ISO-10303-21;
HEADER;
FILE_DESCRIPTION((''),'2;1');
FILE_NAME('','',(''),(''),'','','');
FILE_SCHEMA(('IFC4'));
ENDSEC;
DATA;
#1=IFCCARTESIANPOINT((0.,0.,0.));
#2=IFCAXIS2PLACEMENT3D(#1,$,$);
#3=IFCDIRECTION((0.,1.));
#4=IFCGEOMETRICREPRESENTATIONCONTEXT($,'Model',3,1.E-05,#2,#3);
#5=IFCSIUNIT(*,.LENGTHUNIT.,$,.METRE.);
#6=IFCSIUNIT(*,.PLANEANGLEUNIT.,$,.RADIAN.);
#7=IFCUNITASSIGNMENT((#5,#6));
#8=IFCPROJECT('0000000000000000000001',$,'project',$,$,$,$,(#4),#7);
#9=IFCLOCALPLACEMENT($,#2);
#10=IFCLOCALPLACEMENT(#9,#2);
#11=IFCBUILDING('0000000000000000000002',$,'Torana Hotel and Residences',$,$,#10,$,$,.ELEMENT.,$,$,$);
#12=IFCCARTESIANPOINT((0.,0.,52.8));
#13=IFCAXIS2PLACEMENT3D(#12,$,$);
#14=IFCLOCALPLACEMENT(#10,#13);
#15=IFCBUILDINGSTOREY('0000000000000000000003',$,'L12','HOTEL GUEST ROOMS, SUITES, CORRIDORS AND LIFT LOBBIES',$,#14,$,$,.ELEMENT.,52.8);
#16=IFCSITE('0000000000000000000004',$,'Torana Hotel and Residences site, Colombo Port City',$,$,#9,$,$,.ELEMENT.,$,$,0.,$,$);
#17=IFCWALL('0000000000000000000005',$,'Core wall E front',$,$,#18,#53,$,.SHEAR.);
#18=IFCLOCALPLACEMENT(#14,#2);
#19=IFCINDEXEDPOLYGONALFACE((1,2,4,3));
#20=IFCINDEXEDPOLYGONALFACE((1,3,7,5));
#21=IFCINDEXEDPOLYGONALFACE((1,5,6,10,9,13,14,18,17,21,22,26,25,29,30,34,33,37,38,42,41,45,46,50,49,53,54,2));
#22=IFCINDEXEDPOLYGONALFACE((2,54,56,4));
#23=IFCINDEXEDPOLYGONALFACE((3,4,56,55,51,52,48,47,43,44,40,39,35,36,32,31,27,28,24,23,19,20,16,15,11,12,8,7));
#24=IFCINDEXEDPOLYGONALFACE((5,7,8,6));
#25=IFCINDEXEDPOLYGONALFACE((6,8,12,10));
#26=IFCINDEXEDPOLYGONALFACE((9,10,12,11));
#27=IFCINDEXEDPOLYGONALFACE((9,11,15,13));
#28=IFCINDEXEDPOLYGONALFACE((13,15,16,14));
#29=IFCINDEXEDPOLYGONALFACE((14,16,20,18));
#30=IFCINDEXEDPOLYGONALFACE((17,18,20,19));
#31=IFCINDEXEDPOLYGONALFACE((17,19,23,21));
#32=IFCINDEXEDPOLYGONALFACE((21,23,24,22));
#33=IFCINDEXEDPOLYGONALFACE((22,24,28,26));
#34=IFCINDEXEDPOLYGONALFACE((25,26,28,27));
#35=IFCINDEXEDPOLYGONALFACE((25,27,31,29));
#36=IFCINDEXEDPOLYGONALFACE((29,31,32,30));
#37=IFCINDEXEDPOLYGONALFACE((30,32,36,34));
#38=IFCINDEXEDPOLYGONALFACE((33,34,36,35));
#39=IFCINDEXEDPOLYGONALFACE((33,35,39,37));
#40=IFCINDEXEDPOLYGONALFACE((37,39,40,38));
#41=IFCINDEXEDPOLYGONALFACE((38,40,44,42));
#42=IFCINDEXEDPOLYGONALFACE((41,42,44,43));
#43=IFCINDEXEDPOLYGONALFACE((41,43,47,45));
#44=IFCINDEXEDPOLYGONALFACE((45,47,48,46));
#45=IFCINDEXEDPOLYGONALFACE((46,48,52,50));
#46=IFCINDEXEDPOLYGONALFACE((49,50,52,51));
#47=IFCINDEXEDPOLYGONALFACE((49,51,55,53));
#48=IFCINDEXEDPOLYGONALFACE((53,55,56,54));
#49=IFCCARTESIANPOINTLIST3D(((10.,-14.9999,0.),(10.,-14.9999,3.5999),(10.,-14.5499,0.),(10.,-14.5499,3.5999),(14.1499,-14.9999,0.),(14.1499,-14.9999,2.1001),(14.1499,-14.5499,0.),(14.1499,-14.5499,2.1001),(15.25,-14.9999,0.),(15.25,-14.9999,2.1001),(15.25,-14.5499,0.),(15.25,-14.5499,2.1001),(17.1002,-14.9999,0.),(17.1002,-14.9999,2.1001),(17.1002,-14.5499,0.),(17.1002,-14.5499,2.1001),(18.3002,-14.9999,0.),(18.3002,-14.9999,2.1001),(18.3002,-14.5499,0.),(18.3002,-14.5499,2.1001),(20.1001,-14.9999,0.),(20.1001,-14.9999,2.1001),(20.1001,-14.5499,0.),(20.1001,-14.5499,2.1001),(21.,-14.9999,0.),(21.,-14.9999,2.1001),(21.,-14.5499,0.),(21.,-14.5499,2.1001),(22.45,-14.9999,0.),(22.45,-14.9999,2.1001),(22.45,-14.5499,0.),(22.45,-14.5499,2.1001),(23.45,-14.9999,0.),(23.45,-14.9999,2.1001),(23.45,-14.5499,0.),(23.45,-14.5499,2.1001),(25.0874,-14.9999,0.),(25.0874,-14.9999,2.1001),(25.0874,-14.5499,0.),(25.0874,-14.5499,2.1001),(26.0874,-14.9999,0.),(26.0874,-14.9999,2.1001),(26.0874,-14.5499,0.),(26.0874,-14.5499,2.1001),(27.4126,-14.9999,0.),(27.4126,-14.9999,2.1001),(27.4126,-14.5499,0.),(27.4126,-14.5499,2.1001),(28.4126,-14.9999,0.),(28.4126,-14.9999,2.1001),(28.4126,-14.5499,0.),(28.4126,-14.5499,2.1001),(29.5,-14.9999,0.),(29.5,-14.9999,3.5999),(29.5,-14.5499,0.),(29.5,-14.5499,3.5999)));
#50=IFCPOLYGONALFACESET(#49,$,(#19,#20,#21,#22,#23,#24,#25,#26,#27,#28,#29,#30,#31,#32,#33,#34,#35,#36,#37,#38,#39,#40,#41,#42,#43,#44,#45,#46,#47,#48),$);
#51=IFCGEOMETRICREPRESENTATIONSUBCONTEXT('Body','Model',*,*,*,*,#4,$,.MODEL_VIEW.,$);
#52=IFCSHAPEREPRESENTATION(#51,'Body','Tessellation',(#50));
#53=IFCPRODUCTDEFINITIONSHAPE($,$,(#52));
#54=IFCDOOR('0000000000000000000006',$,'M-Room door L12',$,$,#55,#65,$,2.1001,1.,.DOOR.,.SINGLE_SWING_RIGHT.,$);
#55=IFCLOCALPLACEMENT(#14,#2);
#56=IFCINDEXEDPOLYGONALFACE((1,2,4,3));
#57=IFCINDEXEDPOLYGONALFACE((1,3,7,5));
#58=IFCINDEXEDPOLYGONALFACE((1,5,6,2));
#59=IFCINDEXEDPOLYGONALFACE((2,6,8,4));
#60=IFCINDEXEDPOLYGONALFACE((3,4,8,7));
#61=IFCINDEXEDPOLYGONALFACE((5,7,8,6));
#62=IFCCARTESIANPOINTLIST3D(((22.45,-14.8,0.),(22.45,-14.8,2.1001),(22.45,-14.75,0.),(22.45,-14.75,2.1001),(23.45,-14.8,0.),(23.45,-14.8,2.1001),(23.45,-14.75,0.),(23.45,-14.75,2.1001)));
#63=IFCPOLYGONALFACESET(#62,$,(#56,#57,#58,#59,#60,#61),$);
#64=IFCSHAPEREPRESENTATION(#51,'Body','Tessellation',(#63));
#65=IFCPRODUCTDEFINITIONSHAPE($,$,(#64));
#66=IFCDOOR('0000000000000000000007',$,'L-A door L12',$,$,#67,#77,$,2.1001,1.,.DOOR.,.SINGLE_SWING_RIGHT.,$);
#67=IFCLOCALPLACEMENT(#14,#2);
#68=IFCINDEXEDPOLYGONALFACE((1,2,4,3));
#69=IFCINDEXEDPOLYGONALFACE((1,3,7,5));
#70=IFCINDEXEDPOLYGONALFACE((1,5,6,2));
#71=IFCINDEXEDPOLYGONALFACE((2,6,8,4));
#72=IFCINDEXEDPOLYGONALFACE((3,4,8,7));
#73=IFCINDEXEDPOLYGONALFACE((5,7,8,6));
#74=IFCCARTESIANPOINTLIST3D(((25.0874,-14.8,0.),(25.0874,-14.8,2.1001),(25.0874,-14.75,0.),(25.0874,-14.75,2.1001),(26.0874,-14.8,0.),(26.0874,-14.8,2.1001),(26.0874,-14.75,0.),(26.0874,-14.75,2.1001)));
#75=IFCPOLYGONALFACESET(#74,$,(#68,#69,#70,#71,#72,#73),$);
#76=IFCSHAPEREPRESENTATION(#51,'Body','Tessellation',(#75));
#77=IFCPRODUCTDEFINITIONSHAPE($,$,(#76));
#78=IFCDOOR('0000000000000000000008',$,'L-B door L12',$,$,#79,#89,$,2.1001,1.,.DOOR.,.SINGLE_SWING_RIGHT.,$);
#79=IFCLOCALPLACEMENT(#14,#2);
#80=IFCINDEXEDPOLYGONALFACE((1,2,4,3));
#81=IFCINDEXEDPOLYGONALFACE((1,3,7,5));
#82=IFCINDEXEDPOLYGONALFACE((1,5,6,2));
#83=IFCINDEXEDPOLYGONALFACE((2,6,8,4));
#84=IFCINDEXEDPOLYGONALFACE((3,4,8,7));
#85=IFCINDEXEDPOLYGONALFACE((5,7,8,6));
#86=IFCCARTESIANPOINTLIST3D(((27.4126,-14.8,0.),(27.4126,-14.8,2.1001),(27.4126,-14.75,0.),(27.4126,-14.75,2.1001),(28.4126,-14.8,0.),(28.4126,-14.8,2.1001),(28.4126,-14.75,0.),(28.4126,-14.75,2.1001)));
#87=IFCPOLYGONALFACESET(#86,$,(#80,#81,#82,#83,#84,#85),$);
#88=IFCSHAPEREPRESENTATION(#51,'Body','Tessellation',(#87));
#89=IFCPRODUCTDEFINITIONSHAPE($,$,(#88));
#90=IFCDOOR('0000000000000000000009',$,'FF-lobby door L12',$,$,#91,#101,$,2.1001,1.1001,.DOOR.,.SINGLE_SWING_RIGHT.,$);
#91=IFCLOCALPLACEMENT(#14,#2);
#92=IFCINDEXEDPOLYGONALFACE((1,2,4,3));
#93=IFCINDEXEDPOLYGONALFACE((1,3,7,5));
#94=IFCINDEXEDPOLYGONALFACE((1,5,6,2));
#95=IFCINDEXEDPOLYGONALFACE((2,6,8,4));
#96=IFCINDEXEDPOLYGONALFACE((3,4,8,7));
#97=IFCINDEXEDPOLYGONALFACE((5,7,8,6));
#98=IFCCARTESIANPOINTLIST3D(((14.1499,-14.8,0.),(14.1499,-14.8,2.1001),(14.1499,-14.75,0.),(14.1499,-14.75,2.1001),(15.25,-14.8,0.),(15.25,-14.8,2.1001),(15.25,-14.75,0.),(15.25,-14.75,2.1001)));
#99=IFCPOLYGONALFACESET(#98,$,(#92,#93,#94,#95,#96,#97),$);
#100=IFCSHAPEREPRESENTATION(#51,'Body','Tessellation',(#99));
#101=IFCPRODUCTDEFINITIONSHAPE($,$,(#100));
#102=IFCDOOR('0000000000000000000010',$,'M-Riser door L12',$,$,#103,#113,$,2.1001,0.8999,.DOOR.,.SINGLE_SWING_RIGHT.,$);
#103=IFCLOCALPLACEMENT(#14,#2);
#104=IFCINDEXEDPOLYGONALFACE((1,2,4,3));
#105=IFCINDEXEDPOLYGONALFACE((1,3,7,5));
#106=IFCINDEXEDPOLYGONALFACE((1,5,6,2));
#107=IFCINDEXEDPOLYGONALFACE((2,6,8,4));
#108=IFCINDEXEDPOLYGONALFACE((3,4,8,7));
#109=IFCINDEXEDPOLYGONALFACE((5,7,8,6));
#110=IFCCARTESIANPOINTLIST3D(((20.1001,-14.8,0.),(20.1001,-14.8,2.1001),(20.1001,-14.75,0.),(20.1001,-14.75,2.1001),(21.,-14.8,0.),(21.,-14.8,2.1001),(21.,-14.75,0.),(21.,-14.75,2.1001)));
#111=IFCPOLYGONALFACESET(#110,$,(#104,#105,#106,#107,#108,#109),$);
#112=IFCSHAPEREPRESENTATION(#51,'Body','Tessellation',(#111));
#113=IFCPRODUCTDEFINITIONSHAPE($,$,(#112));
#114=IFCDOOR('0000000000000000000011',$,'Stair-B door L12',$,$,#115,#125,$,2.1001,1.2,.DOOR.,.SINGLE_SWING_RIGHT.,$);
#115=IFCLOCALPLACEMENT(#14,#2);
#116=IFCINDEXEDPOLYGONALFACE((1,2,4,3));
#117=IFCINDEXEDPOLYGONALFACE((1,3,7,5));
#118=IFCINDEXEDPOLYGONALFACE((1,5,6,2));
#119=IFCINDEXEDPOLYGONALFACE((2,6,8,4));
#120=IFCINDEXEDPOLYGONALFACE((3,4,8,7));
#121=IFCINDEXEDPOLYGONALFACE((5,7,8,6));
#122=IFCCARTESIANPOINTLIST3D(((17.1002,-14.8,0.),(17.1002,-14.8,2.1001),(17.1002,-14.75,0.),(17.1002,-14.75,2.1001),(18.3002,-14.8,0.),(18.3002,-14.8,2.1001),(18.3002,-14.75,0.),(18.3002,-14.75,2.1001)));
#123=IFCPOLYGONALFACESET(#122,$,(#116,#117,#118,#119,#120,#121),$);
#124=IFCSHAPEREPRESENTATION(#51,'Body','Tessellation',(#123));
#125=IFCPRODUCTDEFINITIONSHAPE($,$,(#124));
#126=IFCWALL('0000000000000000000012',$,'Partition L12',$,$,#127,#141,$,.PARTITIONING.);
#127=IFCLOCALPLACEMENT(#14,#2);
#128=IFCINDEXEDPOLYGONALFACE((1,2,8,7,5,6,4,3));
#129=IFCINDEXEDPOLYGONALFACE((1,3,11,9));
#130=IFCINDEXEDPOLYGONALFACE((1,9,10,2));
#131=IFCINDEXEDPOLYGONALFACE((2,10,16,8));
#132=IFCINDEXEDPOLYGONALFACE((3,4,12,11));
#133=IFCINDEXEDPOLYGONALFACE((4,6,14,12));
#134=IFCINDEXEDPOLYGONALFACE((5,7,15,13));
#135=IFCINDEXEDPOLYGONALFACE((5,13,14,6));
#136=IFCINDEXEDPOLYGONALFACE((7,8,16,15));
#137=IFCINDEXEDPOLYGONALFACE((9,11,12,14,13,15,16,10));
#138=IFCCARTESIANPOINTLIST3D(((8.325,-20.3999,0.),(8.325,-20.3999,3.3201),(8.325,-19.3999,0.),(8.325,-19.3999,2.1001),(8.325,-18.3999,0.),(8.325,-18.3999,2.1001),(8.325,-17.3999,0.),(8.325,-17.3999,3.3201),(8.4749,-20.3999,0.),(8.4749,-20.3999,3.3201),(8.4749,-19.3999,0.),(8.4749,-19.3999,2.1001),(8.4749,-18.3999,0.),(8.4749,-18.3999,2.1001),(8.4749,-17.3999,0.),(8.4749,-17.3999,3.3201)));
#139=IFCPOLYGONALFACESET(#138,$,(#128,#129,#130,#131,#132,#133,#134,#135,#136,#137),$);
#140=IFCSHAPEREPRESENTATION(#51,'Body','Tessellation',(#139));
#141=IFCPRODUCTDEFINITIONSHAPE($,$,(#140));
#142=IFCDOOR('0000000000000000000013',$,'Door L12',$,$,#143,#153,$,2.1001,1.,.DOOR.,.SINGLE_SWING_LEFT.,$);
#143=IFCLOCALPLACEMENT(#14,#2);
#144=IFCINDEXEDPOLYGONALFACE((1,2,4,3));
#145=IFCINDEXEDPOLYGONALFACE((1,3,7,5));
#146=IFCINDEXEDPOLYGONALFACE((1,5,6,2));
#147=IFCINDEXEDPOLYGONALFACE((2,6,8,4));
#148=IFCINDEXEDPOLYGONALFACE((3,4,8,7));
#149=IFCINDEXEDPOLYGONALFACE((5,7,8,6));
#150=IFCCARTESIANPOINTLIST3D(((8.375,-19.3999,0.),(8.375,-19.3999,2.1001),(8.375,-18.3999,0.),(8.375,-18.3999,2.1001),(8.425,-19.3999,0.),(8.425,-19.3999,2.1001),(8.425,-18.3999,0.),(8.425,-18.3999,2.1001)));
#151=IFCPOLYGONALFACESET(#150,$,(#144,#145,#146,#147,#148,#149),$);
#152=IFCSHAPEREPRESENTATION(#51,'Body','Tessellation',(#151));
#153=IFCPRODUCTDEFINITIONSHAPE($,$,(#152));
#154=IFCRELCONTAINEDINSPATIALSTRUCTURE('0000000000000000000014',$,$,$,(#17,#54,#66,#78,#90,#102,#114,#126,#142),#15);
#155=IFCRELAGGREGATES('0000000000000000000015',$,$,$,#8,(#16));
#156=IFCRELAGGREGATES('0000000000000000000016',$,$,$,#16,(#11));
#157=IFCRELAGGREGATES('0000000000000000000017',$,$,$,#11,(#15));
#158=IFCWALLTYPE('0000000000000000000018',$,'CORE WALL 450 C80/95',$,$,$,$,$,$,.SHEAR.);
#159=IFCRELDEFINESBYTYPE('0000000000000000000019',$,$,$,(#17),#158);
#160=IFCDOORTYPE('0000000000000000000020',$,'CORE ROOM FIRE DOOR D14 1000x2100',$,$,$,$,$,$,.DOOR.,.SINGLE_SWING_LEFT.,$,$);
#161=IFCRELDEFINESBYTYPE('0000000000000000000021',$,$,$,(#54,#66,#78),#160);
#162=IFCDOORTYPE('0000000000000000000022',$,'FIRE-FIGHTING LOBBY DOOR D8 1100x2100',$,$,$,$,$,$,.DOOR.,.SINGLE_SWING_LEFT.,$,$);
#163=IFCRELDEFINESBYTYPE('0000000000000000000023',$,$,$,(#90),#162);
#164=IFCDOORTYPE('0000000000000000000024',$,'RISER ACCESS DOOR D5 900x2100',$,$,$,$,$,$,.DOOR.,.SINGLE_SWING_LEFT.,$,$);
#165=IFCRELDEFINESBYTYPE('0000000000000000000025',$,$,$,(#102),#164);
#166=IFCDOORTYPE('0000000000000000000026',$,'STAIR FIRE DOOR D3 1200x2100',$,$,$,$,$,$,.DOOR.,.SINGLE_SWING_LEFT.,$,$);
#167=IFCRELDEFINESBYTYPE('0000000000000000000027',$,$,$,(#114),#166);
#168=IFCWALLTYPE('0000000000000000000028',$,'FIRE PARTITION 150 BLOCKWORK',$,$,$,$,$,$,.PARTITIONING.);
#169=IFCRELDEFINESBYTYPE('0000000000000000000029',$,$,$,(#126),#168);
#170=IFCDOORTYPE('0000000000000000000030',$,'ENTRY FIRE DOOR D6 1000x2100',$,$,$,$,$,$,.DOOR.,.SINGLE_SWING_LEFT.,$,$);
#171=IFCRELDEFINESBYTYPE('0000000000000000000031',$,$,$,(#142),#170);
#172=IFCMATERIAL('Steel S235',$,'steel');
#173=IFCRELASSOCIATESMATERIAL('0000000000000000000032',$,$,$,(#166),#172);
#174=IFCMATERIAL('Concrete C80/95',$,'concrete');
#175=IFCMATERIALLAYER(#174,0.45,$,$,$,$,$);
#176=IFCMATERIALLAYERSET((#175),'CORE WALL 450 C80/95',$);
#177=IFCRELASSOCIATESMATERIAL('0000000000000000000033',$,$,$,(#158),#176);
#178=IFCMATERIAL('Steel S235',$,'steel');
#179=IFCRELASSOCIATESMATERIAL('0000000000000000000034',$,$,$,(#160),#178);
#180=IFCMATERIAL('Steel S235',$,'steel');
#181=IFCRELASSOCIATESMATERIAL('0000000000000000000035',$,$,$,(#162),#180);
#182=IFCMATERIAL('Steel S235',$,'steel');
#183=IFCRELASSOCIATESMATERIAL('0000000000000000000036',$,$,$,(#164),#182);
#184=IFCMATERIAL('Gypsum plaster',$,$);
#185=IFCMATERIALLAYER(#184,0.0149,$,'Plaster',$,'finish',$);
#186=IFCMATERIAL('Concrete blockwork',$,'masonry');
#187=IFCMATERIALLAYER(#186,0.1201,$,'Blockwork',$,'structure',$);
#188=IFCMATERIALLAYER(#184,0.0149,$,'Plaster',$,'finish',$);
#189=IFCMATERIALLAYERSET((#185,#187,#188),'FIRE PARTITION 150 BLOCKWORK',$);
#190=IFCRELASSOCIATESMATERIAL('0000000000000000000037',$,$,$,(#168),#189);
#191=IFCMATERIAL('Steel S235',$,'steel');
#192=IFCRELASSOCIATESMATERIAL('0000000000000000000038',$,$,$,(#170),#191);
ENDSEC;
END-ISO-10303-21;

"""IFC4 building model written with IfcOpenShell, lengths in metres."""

from ifc_helpers import new_model, si_unit, direction, frame, frame_2d, origin, place, context, subcontext, project, spatial, rectangle, extrude, material, layer, layer_set, type_object, element, fill, save


model = new_model("IFC4")

# Units and contexts
model_context = context("Model", 3, precision=1e-05, world=origin(), true_north=direction((0.0, 1.0)))
body_context = subcontext(model_context, "Body", "Model", "MODEL_VIEW")
ifc_project = project(units=[si_unit("LENGTHUNIT", "METRE"), si_unit("PLANEANGLEUNIT", "RADIAN")], contexts=[model_context])

# Site, building, storey
site_placement = place(None, origin())
site = spatial("IfcSite", under=ifc_project, at=site_placement, Name="Torana Hotel and Residences site, Colombo Port City", CompositionType="ELEMENT", RefElevation=0.0)
building_placement = place(site_placement, origin())
building = spatial("IfcBuilding", under=site, at=building_placement, Name="Torana Hotel and Residences", CompositionType="ELEMENT")
storey_placement = place(building_placement, frame((0.0, 0.0, 52.8)))
storey = spatial("IfcBuildingStorey", under=building, at=storey_placement, Name="L12", Description="HOTEL GUEST ROOMS, SUITES, CORRIDORS AND LIFT LOBBIES", CompositionType="ELEMENT", Elevation=52.8)

# Wall, openings, doors
ifc_material_1 = material(Name="Steel S235", Category="steel")
door_type_1 = type_object("IfcDoorType", Name="STAIR FIRE DOOR D3 1200x2100", OperationType="SINGLE_SWING_LEFT", PredefinedType="DOOR", material=ifc_material_1)
ifc_material_2 = material(Name="Concrete C80/95", Category="concrete")
ifc_layer_1 = layer(ifc_material_2, 0.45)
ifc_layer_set_1 = layer_set([ifc_layer_1], Name="CORE WALL 450 C80/95")
wall_type_1 = type_object("IfcWallType", Name="CORE WALL 450 C80/95", PredefinedType="SHEAR", material=ifc_layer_set_1)
wall_1_placement = place(storey_placement, frame((10.0, -14.7749, 0.0), z_axis=(0.0, 0.0, 1.0), x_axis=(1.0, 0.0, 0.0)))
wall_1 = element("IfcWall", 1, at=wall_1_placement, inside=storey, type_object=wall_type_1, Name="Core wall E front", PredefinedType="SHEAR", context=body_context, shape_type="SweptSolid", body=[
    extrude(rectangle(XDim=19.5, YDim=0.45, at=frame_2d((9.75, 0.0))), origin(), (0.0, 0.0, 1.0), 3.5999),
])
opening_1_placement = place(wall_1_placement, frame((7.1001, 0.0, 0.0)))
opening_1 = element("IfcOpeningElement", 2, at=opening_1_placement, cuts=wall_1, PredefinedType="OPENING", context=body_context, shape_type="SweptSolid", body=[
    extrude(rectangle(XDim=1.2, YDim=2.1001, at=frame_2d((0.6001, 1.05))), frame((0.0, 0.2349, 0.0), z_axis=(0.0, -1.0, 0.0), x_axis=(1.0, 0.0, 0.0)), (0.0, 0.0, 1.0), 0.47),
])
opening_2_placement = place(wall_1_placement, frame((4.1499, 0.0, 0.0)))
opening_2 = element("IfcOpeningElement", 3, at=opening_2_placement, cuts=wall_1, PredefinedType="OPENING", context=body_context, shape_type="SweptSolid", body=[
    extrude(rectangle(XDim=1.1001, YDim=2.1001, at=frame_2d((0.55, 1.05))), frame((0.0, 0.2349, 0.0), z_axis=(0.0, -1.0, 0.0), x_axis=(1.0, 0.0, 0.0)), (0.0, 0.0, 1.0), 0.47),
])
opening_3_placement = place(wall_1_placement, frame((10.1001, 0.0, 0.0)))
opening_3 = element("IfcOpeningElement", 4, at=opening_3_placement, cuts=wall_1, PredefinedType="OPENING", context=body_context, shape_type="SweptSolid", body=[
    extrude(rectangle(XDim=0.8999, YDim=2.1001, at=frame_2d((0.45, 1.05))), frame((0.0, 0.2349, 0.0), z_axis=(0.0, -1.0, 0.0), x_axis=(1.0, 0.0, 0.0)), (0.0, 0.0, 1.0), 0.47),
])
opening_4_placement = place(wall_1_placement, frame((12.45, 0.0, 0.0)))
opening_4 = element("IfcOpeningElement", 5, at=opening_4_placement, cuts=wall_1, PredefinedType="OPENING", context=body_context, shape_type="SweptSolid", body=[
    extrude(rectangle(XDim=1.0, YDim=2.1001, at=frame_2d((0.5, 1.05))), frame((0.0, 0.2349, 0.0), z_axis=(0.0, -1.0, 0.0), x_axis=(1.0, 0.0, 0.0)), (0.0, 0.0, 1.0), 0.47),
])
opening_5_placement = place(wall_1_placement, frame((15.0874, 0.0, 0.0)))
opening_5 = element("IfcOpeningElement", 6, at=opening_5_placement, cuts=wall_1, PredefinedType="OPENING", context=body_context, shape_type="SweptSolid", body=[
    extrude(rectangle(XDim=1.0, YDim=2.1001, at=frame_2d((0.5, 1.05))), frame((0.0, 0.2349, 0.0), z_axis=(0.0, -1.0, 0.0), x_axis=(1.0, 0.0, 0.0)), (0.0, 0.0, 1.0), 0.47),
])
opening_6_placement = place(wall_1_placement, frame((17.4126, 0.0, 0.0)))
opening_6 = element("IfcOpeningElement", 7, at=opening_6_placement, cuts=wall_1, PredefinedType="OPENING", context=body_context, shape_type="SweptSolid", body=[
    extrude(rectangle(XDim=1.0, YDim=2.1001, at=frame_2d((0.5, 1.05))), frame((0.0, 0.2349, 0.0), z_axis=(0.0, -1.0, 0.0), x_axis=(1.0, 0.0, 0.0)), (0.0, 0.0, 1.0), 0.47),
])
ifc_material_3 = material(Name="Steel S235", Category="steel")
door_type_2 = type_object("IfcDoorType", Name="CORE ROOM FIRE DOOR D14 1000x2100", OperationType="SINGLE_SWING_LEFT", PredefinedType="DOOR", material=ifc_material_3)
door_1_placement = place(opening_4_placement, origin())
door_1 = element("IfcDoor", 8, at=door_1_placement, inside=storey, type_object=door_type_2, Name="M-Room door L12", OperationType="SINGLE_SWING_RIGHT", OverallHeight=2.1001, OverallWidth=1.0, PredefinedType="DOOR", context=body_context, shape_type="SweptSolid", body=[
    extrude(rectangle(XDim=1.0, YDim=2.1001, at=frame_2d((0.5, 1.05))), frame((0.0, 0.0249, 0.0), z_axis=(0.0, -1.0, 0.0), x_axis=(1.0, 0.0, 0.0)), (0.0, 0.0, 1.0), 0.05),
])
fill(opening_4, door_1)
door_2_placement = place(opening_5_placement, origin())
door_2 = element("IfcDoor", 9, at=door_2_placement, inside=storey, type_object=door_type_2, Name="L-A door L12", OperationType="SINGLE_SWING_RIGHT", OverallHeight=2.1001, OverallWidth=1.0, PredefinedType="DOOR", context=body_context, shape_type="SweptSolid", body=[
    extrude(rectangle(XDim=1.0, YDim=2.1001, at=frame_2d((0.5, 1.05))), frame((0.0, 0.0249, 0.0), z_axis=(0.0, -1.0, 0.0), x_axis=(1.0, 0.0, 0.0)), (0.0, 0.0, 1.0), 0.05),
])
fill(opening_5, door_2)
door_3_placement = place(opening_6_placement, origin())
door_3 = element("IfcDoor", 10, at=door_3_placement, inside=storey, type_object=door_type_2, Name="L-B door L12", OperationType="SINGLE_SWING_RIGHT", OverallHeight=2.1001, OverallWidth=1.0, PredefinedType="DOOR", context=body_context, shape_type="SweptSolid", body=[
    extrude(rectangle(XDim=1.0, YDim=2.1001, at=frame_2d((0.5, 1.05))), frame((0.0, 0.0249, 0.0), z_axis=(0.0, -1.0, 0.0), x_axis=(1.0, 0.0, 0.0)), (0.0, 0.0, 1.0), 0.05),
])
fill(opening_6, door_3)
ifc_material_4 = material(Name="Steel S235", Category="steel")
door_type_3 = type_object("IfcDoorType", Name="FIRE-FIGHTING LOBBY DOOR D8 1100x2100", OperationType="SINGLE_SWING_LEFT", PredefinedType="DOOR", material=ifc_material_4)
door_4_placement = place(opening_2_placement, origin())
door_4 = element("IfcDoor", 11, at=door_4_placement, inside=storey, type_object=door_type_3, Name="FF-lobby door L12", OperationType="SINGLE_SWING_RIGHT", OverallHeight=2.1001, OverallWidth=1.1001, PredefinedType="DOOR", context=body_context, shape_type="SweptSolid", body=[
    extrude(rectangle(XDim=1.1001, YDim=2.1001, at=frame_2d((0.55, 1.05))), frame((0.0, 0.0249, 0.0), z_axis=(0.0, -1.0, 0.0), x_axis=(1.0, 0.0, 0.0)), (0.0, 0.0, 1.0), 0.05),
])
fill(opening_2, door_4)
ifc_material_5 = material(Name="Steel S235", Category="steel")
door_type_4 = type_object("IfcDoorType", Name="RISER ACCESS DOOR D5 900x2100", OperationType="SINGLE_SWING_LEFT", PredefinedType="DOOR", material=ifc_material_5)
door_5_placement = place(opening_3_placement, origin())
door_5 = element("IfcDoor", 12, at=door_5_placement, inside=storey, type_object=door_type_4, Name="M-Riser door L12", OperationType="SINGLE_SWING_RIGHT", OverallHeight=2.1001, OverallWidth=0.8999, PredefinedType="DOOR", context=body_context, shape_type="SweptSolid", body=[
    extrude(rectangle(XDim=0.8999, YDim=2.1001, at=frame_2d((0.45, 1.05))), frame((0.0, 0.0249, 0.0), z_axis=(0.0, -1.0, 0.0), x_axis=(1.0, 0.0, 0.0)), (0.0, 0.0, 1.0), 0.05),
])
fill(opening_3, door_5)
door_6_placement = place(opening_1_placement, origin())
door_6 = element("IfcDoor", 13, at=door_6_placement, inside=storey, type_object=door_type_1, Name="Stair-B door L12", OperationType="SINGLE_SWING_RIGHT", OverallHeight=2.1001, OverallWidth=1.2, PredefinedType="DOOR", context=body_context, shape_type="SweptSolid", body=[
    extrude(rectangle(XDim=1.2, YDim=2.1001, at=frame_2d((0.6001, 1.05))), frame((0.0, 0.0249, 0.0), z_axis=(0.0, -1.0, 0.0), x_axis=(1.0, 0.0, 0.0)), (0.0, 0.0, 1.0), 0.05),
])
fill(opening_1, door_6)

# Wall, opening, door
ifc_material_6 = material(Name="Gypsum plaster")
ifc_layer_2 = layer(ifc_material_6, 0.0149, Name="Plaster", Category="finish")
ifc_material_7 = material(Name="Concrete blockwork", Category="masonry")
ifc_layer_3 = layer(ifc_material_7, 0.1201, Name="Blockwork", Category="structure")
ifc_layer_4 = layer(ifc_material_6, 0.0149, Name="Plaster", Category="finish")
ifc_layer_set_2 = layer_set([ifc_layer_2, ifc_layer_3, ifc_layer_4], Name="FIRE PARTITION 150 BLOCKWORK")
wall_type_2 = type_object("IfcWallType", Name="FIRE PARTITION 150 BLOCKWORK", PredefinedType="PARTITIONING", material=ifc_layer_set_2)
wall_2_placement = place(storey_placement, frame((8.3999, -20.3999, 0.0), z_axis=(0.0, 0.0, 1.0), x_axis=(0.0, 1.0, 0.0)))
wall_2 = element("IfcWall", 14, at=wall_2_placement, inside=storey, type_object=wall_type_2, Name="Partition L12", PredefinedType="PARTITIONING", context=body_context, shape_type="SweptSolid", body=[
    extrude(rectangle(XDim=3.0, YDim=0.1499, at=frame_2d((1.5, 0.0))), origin(), (0.0, 0.0, 1.0), 3.3201),
])
opening_7_placement = place(wall_2_placement, frame((1.0, 0.0, 0.0)))
opening_7 = element("IfcOpeningElement", 15, at=opening_7_placement, cuts=wall_2, PredefinedType="OPENING", context=body_context, shape_type="SweptSolid", body=[
    extrude(rectangle(XDim=1.0, YDim=2.1001, at=frame_2d((0.5, 1.05))), frame((0.0, 0.085, 0.0), z_axis=(0.0, -1.0, 0.0), x_axis=(1.0, 0.0, 0.0)), (0.0, 0.0, 1.0), 0.1699),
])
ifc_material_8 = material(Name="Steel S235", Category="steel")
door_type_5 = type_object("IfcDoorType", Name="ENTRY FIRE DOOR D6 1000x2100", OperationType="SINGLE_SWING_LEFT", PredefinedType="DOOR", material=ifc_material_8)
door_7_placement = place(opening_7_placement, frame((0.5, 0.0, 0.0), z_axis=(0.0, 0.0, 1.0), x_axis=(-1.0, 0.0, 0.0)))
door_7 = element("IfcDoor", 16, at=door_7_placement, inside=storey, type_object=door_type_5, Name="Door L12", OperationType="SINGLE_SWING_LEFT", OverallHeight=2.1001, OverallWidth=1.0, PredefinedType="DOOR", context=body_context, shape_type="SweptSolid", body=[
    extrude(rectangle(XDim=1.0, YDim=2.1001, at=frame_2d((0.0, 1.05))), frame((0.0, -0.0249, 0.0), z_axis=(0.0, 1.0, 0.0), x_axis=(-1.0, 0.0, 0.0)), (0.0, 0.0, 1.0), 0.05),
])
fill(opening_7, door_7)

save(model, "model.ifc")
